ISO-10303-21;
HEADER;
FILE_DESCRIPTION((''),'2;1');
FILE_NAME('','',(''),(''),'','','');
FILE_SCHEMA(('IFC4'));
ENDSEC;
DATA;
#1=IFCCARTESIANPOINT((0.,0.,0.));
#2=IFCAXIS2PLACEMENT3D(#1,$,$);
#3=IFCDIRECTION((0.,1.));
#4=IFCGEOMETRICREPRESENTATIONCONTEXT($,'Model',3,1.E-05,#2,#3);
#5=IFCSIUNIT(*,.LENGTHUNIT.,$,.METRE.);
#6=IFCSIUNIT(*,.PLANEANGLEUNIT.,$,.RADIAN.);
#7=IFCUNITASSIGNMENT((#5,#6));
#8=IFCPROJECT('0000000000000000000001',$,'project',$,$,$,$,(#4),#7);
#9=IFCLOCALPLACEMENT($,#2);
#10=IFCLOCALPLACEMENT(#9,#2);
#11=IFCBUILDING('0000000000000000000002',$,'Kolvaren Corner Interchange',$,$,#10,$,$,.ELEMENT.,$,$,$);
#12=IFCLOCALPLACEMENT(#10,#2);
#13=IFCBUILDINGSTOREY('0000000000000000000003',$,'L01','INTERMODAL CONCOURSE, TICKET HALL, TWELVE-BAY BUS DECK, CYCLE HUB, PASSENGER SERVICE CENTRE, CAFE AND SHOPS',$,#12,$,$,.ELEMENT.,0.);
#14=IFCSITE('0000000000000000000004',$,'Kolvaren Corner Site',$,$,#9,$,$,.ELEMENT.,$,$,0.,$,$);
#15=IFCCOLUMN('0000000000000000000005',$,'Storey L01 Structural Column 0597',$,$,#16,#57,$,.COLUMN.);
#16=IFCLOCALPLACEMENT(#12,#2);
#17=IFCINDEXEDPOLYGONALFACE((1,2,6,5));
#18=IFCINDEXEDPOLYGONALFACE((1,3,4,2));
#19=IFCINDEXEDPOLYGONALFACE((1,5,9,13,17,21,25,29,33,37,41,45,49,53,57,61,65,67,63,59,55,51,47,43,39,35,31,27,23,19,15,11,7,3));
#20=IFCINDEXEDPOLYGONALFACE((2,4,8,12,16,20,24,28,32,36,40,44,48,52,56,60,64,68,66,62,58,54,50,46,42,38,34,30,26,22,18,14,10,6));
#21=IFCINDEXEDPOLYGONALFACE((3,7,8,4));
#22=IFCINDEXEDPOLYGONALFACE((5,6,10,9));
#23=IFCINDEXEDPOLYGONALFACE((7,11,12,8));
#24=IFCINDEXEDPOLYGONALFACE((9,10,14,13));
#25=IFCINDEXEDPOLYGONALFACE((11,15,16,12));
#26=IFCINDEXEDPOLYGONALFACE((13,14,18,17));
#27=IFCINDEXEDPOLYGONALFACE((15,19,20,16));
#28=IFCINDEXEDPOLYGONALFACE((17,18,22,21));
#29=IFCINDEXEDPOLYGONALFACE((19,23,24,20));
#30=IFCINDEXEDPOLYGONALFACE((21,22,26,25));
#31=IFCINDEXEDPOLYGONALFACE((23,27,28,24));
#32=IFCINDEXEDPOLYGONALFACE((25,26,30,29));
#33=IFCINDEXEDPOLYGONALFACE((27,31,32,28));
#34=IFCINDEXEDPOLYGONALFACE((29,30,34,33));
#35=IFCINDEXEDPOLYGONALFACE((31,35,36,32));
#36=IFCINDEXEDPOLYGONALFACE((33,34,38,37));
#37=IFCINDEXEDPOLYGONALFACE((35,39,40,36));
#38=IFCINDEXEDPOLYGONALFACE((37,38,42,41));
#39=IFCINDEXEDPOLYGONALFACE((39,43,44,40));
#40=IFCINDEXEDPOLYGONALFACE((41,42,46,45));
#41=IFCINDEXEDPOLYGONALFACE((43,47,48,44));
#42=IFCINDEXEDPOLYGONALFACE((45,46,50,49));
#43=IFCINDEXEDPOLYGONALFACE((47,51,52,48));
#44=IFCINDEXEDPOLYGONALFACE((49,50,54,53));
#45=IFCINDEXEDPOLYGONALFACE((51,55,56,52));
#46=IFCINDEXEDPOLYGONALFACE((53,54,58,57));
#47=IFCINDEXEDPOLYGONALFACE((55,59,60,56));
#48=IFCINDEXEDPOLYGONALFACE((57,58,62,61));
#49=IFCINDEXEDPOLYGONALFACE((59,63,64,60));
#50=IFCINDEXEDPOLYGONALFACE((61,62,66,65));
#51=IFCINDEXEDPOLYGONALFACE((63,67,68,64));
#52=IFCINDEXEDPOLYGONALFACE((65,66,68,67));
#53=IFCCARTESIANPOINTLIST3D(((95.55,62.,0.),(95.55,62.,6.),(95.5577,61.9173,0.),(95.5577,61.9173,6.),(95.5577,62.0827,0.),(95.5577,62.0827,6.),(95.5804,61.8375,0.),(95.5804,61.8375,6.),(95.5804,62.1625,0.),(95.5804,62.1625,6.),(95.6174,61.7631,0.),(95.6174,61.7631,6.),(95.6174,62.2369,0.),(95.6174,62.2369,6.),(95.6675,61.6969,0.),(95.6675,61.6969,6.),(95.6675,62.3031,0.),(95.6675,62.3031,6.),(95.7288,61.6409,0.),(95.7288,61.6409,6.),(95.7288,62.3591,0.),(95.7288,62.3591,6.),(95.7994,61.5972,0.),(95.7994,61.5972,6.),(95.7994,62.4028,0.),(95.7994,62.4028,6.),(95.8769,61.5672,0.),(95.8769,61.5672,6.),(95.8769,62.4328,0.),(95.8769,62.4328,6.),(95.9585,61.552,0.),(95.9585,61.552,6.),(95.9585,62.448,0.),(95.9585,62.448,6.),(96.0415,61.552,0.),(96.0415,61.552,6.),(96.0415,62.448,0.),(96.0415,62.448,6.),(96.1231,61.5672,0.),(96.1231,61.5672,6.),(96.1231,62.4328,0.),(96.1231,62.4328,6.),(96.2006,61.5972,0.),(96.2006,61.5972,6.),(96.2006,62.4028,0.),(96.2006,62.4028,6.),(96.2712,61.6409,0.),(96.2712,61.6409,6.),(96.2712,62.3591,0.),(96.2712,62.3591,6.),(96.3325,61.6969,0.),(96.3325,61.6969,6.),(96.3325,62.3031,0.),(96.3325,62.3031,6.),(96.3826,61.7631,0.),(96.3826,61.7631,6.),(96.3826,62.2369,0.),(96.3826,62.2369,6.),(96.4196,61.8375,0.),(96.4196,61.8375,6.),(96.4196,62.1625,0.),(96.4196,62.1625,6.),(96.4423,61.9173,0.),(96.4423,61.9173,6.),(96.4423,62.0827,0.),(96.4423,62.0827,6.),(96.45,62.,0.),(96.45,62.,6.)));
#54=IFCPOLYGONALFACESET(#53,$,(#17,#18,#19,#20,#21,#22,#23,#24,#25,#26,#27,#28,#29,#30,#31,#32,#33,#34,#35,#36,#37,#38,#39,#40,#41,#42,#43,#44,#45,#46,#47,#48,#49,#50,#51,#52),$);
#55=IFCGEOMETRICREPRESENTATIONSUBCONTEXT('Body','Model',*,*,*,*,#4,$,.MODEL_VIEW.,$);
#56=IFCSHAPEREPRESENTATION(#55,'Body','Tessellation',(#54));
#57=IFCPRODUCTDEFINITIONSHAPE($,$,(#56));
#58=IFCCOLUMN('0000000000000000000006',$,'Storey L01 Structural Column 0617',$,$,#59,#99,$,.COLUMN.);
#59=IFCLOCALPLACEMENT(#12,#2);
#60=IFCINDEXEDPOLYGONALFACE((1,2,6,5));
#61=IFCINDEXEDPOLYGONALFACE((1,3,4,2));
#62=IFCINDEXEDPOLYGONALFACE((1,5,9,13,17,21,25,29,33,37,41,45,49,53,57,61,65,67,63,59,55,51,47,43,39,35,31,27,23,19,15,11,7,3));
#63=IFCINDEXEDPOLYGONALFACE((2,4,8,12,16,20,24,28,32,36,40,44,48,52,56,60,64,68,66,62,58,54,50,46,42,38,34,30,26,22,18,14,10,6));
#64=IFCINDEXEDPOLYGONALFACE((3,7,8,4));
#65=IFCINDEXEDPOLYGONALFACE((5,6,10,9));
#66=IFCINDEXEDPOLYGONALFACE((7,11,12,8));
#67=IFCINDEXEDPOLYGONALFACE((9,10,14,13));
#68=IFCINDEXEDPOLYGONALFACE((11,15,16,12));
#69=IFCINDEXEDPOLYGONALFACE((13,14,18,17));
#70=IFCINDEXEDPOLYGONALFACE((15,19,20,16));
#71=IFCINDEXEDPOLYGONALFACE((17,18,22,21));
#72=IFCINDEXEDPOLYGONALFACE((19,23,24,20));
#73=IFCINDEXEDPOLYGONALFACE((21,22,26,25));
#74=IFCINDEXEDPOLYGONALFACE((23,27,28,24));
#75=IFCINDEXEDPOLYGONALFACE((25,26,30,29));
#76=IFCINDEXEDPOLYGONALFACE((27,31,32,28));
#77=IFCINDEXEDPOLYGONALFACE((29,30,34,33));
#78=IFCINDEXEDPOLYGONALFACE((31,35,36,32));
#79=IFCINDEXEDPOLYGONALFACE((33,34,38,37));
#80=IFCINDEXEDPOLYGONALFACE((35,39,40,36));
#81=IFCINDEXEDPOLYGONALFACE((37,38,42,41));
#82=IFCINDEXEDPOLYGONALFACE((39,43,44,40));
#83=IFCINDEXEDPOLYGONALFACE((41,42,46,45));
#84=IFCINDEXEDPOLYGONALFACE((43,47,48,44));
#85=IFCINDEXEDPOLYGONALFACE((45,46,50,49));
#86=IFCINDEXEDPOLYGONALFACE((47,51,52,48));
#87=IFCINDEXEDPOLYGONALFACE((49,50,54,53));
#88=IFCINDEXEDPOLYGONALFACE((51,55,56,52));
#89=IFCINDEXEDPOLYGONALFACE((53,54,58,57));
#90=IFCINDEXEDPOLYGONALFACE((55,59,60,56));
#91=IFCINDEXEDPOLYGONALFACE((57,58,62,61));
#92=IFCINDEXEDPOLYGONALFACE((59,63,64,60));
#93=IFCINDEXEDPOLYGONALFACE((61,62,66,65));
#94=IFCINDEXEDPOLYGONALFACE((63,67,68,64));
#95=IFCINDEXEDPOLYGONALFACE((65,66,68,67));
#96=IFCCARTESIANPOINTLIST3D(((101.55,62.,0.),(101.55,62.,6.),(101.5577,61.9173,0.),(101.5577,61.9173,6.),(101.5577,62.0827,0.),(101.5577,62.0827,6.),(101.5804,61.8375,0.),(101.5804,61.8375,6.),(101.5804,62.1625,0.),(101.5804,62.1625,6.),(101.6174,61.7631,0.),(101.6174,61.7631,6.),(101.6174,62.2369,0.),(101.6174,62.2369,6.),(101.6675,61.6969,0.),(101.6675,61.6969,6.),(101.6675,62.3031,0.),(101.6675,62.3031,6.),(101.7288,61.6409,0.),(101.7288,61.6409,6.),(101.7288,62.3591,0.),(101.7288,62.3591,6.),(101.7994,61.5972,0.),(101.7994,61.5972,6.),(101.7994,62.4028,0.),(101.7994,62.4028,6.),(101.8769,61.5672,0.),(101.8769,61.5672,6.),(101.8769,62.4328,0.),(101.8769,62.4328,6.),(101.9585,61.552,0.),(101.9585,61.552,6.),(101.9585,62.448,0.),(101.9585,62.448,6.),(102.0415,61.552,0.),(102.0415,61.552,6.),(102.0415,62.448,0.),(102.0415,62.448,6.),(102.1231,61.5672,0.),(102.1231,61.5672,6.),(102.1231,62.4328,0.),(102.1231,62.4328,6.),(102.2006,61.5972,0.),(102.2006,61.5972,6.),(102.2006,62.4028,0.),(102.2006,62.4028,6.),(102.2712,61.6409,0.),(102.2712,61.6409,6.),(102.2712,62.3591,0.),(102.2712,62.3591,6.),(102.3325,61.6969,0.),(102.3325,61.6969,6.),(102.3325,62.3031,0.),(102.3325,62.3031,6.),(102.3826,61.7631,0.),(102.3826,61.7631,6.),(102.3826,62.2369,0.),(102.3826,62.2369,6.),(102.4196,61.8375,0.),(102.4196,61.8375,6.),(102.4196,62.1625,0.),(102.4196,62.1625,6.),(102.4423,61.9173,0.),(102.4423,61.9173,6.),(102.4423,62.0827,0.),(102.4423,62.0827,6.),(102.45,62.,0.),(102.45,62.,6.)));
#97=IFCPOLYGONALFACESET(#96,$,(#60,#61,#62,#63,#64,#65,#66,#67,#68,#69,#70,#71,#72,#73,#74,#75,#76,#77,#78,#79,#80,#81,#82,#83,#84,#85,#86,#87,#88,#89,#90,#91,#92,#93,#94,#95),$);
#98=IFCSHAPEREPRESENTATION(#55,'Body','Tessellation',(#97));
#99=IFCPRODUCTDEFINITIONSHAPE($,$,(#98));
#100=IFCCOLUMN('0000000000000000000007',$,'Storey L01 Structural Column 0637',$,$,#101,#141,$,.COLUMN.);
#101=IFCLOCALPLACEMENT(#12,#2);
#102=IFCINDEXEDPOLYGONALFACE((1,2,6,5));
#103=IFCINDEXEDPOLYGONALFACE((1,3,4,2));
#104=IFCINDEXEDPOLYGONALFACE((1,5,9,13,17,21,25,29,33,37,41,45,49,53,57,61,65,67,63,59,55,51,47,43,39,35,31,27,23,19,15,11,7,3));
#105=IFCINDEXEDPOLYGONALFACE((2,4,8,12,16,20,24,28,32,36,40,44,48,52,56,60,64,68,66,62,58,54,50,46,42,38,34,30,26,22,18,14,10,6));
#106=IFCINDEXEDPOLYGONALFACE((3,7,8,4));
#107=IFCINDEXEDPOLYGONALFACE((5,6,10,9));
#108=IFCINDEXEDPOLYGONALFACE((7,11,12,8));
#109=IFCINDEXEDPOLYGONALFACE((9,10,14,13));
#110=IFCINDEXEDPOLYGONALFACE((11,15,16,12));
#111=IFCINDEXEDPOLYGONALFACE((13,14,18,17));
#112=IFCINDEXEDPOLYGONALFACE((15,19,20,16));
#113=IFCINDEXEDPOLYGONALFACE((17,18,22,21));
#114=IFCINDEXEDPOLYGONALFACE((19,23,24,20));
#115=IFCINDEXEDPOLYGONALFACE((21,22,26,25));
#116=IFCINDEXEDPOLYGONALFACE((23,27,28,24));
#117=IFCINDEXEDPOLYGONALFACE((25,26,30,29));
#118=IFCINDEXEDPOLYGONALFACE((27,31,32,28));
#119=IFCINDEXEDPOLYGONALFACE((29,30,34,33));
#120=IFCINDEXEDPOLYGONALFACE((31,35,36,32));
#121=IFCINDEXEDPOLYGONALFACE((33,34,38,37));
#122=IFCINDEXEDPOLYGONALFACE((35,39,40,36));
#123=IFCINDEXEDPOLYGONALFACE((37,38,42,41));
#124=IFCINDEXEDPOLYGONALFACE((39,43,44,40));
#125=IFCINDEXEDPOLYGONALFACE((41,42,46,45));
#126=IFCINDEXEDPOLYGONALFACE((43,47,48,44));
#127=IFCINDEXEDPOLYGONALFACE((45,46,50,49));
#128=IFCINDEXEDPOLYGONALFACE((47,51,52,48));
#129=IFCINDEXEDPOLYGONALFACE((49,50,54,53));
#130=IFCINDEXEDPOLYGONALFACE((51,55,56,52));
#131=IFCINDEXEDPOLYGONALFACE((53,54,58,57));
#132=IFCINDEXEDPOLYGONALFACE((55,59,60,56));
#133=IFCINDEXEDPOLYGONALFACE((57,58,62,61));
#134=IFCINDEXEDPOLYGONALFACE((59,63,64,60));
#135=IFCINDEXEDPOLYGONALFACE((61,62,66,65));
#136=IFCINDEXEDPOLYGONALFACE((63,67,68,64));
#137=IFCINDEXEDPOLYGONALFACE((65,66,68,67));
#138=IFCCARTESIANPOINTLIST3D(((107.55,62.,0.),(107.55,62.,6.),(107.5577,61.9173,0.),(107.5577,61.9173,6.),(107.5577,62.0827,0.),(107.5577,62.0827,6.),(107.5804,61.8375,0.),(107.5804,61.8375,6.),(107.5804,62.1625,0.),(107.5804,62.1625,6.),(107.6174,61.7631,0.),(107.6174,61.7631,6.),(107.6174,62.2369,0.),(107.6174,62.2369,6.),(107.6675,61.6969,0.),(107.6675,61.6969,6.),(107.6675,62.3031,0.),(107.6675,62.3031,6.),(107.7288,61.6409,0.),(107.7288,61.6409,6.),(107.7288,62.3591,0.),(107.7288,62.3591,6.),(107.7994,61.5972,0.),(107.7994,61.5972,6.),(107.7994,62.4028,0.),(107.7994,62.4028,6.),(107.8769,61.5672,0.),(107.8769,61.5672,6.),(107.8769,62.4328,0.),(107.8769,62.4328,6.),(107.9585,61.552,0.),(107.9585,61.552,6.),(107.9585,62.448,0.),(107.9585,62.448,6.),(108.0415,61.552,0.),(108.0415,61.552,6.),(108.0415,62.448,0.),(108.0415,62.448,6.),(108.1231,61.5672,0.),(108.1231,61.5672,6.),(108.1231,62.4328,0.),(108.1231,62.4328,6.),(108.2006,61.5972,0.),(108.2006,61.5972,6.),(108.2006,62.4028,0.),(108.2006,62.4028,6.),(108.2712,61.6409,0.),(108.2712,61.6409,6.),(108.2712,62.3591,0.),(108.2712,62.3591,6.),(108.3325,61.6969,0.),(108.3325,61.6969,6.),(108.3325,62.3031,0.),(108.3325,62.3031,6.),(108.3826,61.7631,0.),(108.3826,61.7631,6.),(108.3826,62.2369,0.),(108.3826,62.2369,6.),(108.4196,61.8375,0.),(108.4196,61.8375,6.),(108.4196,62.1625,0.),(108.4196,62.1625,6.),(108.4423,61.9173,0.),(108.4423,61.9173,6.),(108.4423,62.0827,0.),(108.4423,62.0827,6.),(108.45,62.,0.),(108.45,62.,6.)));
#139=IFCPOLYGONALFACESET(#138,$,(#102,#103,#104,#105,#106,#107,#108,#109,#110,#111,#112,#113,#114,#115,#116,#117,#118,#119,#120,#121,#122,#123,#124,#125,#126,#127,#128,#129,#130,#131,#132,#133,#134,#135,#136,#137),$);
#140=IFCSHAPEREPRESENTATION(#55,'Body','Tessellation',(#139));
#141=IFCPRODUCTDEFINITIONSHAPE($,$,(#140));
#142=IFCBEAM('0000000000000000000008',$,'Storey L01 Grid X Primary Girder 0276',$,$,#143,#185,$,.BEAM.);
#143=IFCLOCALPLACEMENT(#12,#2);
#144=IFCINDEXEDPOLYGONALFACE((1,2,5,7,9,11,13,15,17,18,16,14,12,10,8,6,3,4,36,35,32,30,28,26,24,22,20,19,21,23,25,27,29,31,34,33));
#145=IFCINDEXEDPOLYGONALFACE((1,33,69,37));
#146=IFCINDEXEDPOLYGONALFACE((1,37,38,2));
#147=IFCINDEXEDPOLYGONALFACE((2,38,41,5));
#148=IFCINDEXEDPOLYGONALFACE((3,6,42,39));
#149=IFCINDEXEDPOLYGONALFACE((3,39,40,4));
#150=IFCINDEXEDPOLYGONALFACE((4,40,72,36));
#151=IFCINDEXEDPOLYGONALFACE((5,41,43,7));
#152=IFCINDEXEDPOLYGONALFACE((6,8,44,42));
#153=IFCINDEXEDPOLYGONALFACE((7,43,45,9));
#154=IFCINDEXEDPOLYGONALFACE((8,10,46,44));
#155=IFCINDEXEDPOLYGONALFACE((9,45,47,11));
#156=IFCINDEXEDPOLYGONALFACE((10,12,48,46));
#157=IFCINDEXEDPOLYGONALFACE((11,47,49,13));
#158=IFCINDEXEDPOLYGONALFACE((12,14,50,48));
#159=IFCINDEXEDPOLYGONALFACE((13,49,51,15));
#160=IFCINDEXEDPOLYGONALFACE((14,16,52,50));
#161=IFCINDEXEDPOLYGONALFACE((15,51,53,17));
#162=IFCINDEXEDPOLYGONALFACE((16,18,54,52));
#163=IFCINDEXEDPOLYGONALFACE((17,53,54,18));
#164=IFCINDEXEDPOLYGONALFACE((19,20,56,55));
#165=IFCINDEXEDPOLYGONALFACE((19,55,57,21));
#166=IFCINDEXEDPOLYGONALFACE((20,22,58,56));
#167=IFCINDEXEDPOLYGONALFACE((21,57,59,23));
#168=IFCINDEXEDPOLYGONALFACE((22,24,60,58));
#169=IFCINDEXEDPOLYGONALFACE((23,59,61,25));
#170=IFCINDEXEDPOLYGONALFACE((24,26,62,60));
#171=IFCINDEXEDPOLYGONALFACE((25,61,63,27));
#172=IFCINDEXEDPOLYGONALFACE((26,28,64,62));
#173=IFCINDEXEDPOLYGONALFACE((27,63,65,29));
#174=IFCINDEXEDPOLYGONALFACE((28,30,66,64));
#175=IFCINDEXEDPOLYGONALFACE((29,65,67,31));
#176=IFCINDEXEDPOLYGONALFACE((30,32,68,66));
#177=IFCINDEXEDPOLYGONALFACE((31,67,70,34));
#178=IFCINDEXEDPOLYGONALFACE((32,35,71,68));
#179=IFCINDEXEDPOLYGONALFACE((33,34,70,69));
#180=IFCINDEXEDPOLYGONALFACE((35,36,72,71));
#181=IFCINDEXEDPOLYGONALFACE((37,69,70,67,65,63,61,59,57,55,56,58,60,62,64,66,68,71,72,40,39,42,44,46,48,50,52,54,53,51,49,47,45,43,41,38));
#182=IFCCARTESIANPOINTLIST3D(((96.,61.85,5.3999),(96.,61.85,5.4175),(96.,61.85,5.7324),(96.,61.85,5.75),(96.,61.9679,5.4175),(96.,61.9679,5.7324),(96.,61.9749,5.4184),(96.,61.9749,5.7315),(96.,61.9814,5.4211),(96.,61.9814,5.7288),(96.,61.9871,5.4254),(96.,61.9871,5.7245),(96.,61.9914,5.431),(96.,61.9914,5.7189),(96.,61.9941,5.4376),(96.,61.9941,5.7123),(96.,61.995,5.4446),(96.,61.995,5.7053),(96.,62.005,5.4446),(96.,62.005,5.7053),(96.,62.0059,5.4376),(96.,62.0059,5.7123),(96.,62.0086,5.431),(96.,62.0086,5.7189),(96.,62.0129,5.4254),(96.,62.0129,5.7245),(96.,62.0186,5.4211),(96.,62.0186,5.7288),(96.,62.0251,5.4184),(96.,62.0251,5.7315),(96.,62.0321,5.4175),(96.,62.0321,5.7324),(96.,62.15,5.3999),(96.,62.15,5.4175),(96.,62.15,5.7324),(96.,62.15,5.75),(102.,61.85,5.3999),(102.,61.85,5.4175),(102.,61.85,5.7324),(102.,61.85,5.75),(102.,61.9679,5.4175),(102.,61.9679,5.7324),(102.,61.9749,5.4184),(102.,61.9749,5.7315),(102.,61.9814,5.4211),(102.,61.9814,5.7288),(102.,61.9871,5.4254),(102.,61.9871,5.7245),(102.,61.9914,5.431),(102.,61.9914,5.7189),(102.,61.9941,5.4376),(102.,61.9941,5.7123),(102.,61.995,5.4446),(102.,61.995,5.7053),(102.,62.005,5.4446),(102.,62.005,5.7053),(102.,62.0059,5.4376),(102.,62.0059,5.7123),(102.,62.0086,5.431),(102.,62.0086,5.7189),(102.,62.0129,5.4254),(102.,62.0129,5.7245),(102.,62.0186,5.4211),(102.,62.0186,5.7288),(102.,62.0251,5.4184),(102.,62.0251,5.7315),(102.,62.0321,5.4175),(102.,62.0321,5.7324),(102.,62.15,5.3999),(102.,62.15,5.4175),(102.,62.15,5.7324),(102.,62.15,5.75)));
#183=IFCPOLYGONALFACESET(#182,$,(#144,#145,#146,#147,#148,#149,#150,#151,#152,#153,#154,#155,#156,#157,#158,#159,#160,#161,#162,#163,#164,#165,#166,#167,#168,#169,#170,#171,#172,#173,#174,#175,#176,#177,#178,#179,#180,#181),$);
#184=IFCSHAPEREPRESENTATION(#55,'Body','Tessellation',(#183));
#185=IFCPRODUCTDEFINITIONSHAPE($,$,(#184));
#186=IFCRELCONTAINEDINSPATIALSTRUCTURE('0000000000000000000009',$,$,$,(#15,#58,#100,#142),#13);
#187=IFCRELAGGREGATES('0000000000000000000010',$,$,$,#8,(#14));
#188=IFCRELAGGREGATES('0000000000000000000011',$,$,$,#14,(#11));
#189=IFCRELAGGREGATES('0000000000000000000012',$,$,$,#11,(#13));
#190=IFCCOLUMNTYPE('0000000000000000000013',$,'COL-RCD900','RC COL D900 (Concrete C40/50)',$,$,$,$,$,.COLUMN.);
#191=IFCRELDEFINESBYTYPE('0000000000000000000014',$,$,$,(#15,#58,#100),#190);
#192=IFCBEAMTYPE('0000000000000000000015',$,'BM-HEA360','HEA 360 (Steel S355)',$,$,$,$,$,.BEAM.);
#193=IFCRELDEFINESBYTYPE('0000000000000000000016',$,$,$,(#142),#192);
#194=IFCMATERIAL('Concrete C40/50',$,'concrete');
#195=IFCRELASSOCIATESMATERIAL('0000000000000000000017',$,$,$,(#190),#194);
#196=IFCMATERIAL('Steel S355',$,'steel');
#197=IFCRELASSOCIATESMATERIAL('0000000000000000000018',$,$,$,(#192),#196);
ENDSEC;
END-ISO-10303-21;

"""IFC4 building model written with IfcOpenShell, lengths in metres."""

from ifc_helpers import new_model, si_unit, direction, frame, origin, origin_2d, place, context, subcontext, project, spatial, circle, i_section, extrude, material, material_profile, profile_set, type_object, element, save


model = new_model("IFC4")

# Units and contexts
model_context = context("Model", 3, precision=1e-05, world=origin(), true_north=direction((0.0, 1.0)))
body_context = subcontext(model_context, "Body", "Model", "MODEL_VIEW")
ifc_project = project(units=[si_unit("LENGTHUNIT", "METRE"), si_unit("PLANEANGLEUNIT", "RADIAN")], contexts=[model_context])

# Site, building, storey
site_placement = place(None, origin())
site = spatial("IfcSite", under=ifc_project, at=site_placement, Name="Kolvaren Corner Site", CompositionType="ELEMENT", RefElevation=0.0)
building_placement = place(site_placement, origin())
building = spatial("IfcBuilding", under=site, at=building_placement, Name="Kolvaren Corner Interchange", CompositionType="ELEMENT")
storey_placement = place(building_placement, origin())
storey = spatial("IfcBuildingStorey", under=building, at=storey_placement, Name="L01", Description="INTERMODAL CONCOURSE, TICKET HALL, TWELVE-BAY BUS DECK, CYCLE HUB, PASSENGER SERVICE CENTRE, CAFE AND SHOPS", CompositionType="ELEMENT", Elevation=0.0)

# Columns
ifc_material_1 = material(Name="Concrete C40/50", Category="concrete")
ifc_material_profile_1 = material_profile(ifc_material_1, circle(Radius=0.45, at=origin_2d()), Name="RC COL D900")
ifc_profile_set_1 = profile_set([ifc_material_profile_1], Name="Concrete C40/50")
column_type_1 = type_object("IfcColumnType", Name="COL-RCD900", Description="RC COL D900 (Concrete C40/50)", PredefinedType="COLUMN", material=ifc_profile_set_1)
for number, where, z_axis, x_axis, name in (
    (1, (96.0, 62.0, 0.0), (0.0, 0.0, 1.0), (1.0, 0.0, 0.0), "Storey L01 Structural Column 0597"),
    (2, (102.0, 62.0, 0.0), (0.0, 0.0, 1.0), (1.0, 0.0, 0.0), "Storey L01 Structural Column 0617"),
    (3, (108.0, 62.0, 0.0), (0.0, 0.0, 1.0), (1.0, 0.0, 0.0), "Storey L01 Structural Column 0637"),
):
    element("IfcColumn", number, at=place(storey_placement, frame(where, z_axis=z_axis, x_axis=x_axis)), inside=storey, type_object=column_type_1, Name=name, PredefinedType="COLUMN", context=body_context, shape_type="SweptSolid", body=[
        extrude(circle(Radius=0.45, at=origin_2d()), origin(), (0.0, 0.0, 1.0), 6.0),
    ])

# Beam
ifc_material_2 = material(Name="Steel S355", Category="steel")
ifc_material_profile_2 = material_profile(ifc_material_2, i_section(OverallWidth=0.3, OverallDepth=0.3501, WebThickness=0.01, FlangeThickness=0.0176, FilletRadius=0.0271, at=origin_2d()), Name="HEA 360")
ifc_profile_set_2 = profile_set([ifc_material_profile_2], Name="Steel S355")
beam_type_1 = type_object("IfcBeamType", Name="BM-HEA360", Description="HEA 360 (Steel S355)", PredefinedType="BEAM", material=ifc_profile_set_2)
for number, where, z_axis, x_axis, name in (
    (4, (96.0, 62.0, 5.575), (1.0, 0.0, 0.0), (0.0, 1.0, 0.0), "Storey L01 Grid X Primary Girder 0276"),
):
    element("IfcBeam", number, at=place(storey_placement, frame(where, z_axis=z_axis, x_axis=x_axis)), inside=storey, type_object=beam_type_1, Name=name, PredefinedType="BEAM", context=body_context, shape_type="SweptSolid", body=[
        extrude(i_section(OverallWidth=0.3, OverallDepth=0.3501, WebThickness=0.01, FlangeThickness=0.0176, FilletRadius=0.0271, at=origin_2d()), origin(), (0.0, 0.0, 1.0), 6.0),
    ])

save(model, "model.ifc")
